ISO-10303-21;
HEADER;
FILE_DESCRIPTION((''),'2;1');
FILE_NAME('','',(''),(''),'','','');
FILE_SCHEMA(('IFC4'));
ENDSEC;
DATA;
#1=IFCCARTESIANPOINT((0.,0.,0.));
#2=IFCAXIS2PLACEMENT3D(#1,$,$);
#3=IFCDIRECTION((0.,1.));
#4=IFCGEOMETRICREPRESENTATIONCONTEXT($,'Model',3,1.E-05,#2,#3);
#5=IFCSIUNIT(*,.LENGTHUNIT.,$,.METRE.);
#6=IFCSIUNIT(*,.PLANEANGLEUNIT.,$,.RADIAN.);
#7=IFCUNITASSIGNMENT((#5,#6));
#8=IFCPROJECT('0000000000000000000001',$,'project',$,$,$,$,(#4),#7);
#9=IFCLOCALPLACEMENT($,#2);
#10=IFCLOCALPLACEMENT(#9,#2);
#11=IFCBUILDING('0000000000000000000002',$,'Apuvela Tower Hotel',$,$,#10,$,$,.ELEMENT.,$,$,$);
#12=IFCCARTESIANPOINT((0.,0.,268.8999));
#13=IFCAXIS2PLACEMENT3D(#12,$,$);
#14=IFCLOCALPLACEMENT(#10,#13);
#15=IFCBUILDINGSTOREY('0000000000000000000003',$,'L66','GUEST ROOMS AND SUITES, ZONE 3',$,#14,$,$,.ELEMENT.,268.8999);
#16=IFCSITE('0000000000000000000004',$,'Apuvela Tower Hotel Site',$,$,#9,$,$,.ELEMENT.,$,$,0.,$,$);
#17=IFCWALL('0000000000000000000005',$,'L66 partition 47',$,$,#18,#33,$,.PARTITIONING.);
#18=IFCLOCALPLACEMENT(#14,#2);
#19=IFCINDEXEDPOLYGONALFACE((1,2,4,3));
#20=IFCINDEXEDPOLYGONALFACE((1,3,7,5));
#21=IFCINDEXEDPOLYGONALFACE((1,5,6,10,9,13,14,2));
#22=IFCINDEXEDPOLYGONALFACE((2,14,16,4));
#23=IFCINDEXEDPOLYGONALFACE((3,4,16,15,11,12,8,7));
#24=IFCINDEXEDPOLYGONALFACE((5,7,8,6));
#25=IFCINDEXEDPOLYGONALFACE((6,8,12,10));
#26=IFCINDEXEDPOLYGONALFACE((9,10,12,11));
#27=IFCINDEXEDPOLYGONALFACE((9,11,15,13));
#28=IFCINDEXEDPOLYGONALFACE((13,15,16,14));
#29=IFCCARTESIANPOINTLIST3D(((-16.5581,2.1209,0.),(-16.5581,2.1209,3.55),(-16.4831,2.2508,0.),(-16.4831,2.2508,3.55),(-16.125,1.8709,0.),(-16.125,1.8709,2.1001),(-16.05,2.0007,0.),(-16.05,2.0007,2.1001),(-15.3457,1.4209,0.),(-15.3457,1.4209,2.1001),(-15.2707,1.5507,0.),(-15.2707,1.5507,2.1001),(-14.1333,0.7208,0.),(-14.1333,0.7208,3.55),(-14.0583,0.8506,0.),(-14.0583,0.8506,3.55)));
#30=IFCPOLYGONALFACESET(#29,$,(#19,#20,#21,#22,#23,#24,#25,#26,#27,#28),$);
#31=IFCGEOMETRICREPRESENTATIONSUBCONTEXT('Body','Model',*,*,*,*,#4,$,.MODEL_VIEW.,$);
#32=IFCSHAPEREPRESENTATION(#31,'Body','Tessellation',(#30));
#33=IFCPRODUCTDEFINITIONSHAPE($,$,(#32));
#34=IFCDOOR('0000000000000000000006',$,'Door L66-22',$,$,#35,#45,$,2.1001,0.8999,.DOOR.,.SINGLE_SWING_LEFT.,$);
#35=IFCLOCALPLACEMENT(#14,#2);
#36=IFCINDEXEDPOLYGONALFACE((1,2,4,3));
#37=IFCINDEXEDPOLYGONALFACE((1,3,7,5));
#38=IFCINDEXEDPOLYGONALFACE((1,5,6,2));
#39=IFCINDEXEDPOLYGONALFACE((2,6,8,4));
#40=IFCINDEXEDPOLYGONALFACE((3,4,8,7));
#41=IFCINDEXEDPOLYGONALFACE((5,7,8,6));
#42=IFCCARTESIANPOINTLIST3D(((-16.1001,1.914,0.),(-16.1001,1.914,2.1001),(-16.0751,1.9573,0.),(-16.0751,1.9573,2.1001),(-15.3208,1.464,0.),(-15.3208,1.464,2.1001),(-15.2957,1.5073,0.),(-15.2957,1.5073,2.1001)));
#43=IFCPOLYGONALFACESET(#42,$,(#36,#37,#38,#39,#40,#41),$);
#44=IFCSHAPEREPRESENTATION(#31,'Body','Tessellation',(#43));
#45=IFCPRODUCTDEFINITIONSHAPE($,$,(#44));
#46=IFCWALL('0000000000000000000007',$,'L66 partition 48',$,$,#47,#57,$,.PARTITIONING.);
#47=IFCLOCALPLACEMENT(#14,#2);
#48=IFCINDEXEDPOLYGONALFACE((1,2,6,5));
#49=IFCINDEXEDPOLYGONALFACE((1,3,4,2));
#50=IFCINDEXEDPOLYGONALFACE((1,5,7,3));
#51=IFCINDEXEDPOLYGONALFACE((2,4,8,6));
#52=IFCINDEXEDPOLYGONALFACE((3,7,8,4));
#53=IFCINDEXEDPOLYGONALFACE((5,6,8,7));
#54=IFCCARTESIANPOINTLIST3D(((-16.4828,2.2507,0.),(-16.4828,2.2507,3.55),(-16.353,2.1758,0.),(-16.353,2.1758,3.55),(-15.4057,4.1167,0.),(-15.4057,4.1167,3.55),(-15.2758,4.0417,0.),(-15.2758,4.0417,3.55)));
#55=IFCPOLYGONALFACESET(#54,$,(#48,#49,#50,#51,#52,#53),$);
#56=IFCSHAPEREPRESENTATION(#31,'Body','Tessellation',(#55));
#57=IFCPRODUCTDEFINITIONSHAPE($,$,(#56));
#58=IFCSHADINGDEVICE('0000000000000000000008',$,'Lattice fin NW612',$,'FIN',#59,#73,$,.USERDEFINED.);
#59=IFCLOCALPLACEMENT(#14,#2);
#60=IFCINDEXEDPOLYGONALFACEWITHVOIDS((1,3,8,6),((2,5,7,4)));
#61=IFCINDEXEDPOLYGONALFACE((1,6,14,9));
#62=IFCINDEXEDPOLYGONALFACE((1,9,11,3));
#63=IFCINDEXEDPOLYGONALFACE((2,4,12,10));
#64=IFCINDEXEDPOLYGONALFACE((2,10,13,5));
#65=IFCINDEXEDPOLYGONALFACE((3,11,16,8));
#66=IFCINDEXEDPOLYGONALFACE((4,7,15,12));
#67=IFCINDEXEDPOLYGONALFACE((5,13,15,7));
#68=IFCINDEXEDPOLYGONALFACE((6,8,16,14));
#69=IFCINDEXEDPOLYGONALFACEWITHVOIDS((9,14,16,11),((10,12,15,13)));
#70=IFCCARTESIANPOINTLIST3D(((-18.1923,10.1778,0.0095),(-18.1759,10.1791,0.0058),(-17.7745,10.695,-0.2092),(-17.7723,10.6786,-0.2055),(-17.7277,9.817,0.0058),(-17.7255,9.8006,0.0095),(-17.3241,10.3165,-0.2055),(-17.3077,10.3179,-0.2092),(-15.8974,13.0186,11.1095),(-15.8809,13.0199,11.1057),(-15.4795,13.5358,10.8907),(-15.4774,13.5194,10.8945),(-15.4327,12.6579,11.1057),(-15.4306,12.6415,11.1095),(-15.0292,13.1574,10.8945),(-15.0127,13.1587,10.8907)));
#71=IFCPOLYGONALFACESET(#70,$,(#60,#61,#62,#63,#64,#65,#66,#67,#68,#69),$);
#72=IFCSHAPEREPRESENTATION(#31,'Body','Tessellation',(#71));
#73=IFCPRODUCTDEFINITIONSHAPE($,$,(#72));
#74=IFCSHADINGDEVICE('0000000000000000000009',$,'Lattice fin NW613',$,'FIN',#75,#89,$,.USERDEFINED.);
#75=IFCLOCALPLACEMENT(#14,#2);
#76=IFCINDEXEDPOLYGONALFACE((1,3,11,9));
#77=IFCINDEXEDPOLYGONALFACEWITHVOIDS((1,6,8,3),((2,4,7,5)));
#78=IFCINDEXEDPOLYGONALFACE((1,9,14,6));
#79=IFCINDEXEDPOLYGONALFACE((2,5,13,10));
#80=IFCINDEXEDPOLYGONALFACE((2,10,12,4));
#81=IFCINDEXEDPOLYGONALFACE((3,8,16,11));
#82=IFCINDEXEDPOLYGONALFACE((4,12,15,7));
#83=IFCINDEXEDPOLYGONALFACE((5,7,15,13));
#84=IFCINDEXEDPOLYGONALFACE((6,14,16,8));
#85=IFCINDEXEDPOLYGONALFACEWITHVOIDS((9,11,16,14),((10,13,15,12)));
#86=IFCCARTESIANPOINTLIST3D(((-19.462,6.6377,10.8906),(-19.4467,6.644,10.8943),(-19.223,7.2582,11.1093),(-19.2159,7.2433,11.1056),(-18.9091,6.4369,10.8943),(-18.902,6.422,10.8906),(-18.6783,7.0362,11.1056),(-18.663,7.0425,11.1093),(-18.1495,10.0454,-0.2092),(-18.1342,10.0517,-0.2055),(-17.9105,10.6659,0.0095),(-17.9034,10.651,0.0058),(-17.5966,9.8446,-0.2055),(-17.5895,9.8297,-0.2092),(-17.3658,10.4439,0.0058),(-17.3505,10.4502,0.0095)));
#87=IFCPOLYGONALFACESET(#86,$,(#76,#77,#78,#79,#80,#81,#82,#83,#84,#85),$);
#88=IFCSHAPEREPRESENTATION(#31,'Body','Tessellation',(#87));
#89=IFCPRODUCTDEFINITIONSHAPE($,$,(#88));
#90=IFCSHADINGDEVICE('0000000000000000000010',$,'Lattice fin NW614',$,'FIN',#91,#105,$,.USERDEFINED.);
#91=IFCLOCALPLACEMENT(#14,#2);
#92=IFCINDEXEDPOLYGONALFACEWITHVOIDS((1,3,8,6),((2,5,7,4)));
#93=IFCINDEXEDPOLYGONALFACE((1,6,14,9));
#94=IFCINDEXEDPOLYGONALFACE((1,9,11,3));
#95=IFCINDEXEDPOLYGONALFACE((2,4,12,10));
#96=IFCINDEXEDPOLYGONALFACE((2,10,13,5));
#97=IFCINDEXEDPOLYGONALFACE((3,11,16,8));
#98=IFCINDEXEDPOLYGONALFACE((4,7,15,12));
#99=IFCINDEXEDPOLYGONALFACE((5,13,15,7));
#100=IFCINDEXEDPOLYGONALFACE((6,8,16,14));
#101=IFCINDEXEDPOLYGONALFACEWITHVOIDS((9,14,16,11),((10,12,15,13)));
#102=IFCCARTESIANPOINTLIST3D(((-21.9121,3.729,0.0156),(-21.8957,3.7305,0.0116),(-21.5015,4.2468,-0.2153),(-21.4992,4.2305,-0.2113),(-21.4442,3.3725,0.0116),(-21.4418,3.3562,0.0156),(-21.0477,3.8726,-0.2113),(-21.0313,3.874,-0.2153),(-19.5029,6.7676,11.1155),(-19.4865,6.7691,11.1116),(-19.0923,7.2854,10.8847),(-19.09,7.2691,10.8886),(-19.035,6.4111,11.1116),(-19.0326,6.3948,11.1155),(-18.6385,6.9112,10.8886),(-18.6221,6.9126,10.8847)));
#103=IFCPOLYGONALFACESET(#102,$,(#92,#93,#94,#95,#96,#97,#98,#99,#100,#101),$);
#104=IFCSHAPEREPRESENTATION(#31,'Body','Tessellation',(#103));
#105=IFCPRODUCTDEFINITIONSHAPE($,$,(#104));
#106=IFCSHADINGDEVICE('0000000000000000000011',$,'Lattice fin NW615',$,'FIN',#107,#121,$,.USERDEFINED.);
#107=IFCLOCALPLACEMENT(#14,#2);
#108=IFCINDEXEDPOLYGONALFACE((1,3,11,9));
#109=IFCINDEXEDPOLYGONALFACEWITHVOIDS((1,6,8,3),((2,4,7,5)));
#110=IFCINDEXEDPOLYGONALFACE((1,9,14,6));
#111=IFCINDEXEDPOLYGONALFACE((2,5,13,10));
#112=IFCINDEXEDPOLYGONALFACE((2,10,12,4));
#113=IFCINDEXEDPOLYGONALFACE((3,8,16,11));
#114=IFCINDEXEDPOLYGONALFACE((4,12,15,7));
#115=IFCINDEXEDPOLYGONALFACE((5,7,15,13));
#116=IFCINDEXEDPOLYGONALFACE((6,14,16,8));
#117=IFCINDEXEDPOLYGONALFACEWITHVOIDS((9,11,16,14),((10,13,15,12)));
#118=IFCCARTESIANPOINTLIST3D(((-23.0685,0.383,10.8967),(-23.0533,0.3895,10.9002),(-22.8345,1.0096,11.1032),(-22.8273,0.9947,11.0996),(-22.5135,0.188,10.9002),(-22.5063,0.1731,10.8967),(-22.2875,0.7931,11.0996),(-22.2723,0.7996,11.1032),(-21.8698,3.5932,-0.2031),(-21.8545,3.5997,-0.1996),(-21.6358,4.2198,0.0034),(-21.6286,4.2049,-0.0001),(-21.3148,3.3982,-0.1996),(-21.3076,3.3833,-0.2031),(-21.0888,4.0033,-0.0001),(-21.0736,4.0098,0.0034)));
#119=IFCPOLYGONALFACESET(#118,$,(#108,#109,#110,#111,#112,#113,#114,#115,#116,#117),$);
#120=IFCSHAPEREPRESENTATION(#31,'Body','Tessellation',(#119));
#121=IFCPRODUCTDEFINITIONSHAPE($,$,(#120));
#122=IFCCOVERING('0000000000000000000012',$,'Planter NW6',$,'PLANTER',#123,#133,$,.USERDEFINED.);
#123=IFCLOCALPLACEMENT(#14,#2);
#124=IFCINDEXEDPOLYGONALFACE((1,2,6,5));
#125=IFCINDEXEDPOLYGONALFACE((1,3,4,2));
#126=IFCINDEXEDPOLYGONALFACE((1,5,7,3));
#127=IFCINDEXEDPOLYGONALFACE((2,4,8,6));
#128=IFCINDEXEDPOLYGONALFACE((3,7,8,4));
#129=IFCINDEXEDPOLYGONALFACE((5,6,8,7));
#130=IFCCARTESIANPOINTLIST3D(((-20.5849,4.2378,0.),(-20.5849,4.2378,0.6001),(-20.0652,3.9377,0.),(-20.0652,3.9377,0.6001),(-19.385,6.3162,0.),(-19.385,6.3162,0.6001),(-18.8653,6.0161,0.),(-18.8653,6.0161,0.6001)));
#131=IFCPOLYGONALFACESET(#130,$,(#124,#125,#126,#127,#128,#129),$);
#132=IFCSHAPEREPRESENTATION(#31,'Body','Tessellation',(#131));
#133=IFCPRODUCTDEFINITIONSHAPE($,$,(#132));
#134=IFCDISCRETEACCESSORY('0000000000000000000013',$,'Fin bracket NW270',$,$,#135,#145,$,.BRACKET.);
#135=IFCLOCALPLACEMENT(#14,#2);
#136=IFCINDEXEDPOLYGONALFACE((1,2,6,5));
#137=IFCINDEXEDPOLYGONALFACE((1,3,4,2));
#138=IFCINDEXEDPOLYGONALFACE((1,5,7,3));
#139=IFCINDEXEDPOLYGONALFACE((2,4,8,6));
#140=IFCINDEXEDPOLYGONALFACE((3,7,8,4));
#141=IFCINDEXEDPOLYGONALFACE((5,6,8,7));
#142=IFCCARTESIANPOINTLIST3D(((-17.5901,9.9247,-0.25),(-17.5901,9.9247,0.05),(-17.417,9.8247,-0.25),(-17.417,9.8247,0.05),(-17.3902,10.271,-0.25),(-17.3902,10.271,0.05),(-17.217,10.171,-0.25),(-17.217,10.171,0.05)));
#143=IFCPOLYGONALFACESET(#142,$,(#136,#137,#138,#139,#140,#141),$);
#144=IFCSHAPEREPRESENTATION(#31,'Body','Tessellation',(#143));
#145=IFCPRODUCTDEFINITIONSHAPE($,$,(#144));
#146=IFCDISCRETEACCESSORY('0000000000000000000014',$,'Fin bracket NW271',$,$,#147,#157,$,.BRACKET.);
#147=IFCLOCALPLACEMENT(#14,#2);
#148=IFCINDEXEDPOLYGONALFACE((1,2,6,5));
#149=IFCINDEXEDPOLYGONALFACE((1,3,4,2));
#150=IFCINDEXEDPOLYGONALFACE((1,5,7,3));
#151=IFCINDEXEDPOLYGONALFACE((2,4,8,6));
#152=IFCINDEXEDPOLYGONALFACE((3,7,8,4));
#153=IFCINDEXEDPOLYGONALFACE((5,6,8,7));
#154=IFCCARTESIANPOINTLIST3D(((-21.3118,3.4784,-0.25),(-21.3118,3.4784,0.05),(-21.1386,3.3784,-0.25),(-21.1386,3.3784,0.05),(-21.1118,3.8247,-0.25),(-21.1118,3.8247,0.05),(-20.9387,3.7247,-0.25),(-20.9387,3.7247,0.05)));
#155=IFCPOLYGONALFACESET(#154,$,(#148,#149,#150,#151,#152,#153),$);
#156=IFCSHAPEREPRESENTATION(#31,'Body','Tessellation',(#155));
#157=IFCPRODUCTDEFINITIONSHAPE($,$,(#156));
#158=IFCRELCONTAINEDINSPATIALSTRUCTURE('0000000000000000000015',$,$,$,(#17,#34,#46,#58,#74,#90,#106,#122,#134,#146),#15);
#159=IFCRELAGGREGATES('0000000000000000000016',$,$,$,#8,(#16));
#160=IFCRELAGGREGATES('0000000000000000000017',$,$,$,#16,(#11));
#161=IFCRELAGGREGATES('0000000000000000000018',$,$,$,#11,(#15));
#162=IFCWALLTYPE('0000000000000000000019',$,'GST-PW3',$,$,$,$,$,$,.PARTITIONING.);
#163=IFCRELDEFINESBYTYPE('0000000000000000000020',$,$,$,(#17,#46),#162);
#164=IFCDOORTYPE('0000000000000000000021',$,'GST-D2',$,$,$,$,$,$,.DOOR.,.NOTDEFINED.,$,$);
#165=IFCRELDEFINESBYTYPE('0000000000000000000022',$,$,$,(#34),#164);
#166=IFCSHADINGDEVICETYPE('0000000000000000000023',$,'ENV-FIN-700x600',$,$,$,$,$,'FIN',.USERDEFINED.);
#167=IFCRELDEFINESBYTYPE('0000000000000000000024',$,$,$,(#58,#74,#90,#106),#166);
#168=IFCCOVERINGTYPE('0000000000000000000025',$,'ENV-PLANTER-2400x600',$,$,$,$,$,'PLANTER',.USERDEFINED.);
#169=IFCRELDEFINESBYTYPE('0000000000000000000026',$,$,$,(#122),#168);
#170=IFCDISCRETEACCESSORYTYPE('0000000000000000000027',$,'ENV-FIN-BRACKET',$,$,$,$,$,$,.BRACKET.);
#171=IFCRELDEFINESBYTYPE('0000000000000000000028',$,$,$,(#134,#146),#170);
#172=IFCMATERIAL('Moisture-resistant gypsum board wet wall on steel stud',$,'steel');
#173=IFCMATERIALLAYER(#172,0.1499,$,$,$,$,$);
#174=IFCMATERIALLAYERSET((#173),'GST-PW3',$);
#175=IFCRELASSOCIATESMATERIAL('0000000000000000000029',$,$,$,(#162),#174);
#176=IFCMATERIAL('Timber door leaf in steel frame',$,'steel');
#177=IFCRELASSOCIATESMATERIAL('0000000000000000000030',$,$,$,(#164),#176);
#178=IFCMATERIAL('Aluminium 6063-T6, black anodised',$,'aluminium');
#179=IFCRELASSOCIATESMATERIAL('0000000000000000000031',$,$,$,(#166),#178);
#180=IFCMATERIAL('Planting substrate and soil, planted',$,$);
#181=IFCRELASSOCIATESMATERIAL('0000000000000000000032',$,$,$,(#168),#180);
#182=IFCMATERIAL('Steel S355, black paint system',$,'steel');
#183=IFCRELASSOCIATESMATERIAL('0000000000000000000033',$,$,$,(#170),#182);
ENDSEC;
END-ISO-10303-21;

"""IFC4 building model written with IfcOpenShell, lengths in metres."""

from ifc_helpers import new_model, si_unit, direction, frame, frame_2d, origin, origin_2d, place, context, subcontext, project, spatial, rectangle, hollow_rectangle, extrude, material, layer, layer_set, material_profile, profile_set, type_object, element, fill, save


model = new_model("IFC4")

# Units and contexts
model_context = context("Model", 3, precision=1e-05, world=origin(), true_north=direction((0.0, 1.0)))
body_context = subcontext(model_context, "Body", "Model", "MODEL_VIEW")
ifc_project = project(units=[si_unit("LENGTHUNIT", "METRE"), si_unit("PLANEANGLEUNIT", "RADIAN")], contexts=[model_context])

# Site, building, storey
site_placement = place(None, origin())
site = spatial("IfcSite", under=ifc_project, at=site_placement, Name="Apuvela Tower Hotel Site", CompositionType="ELEMENT", RefElevation=0.0)
building_placement = place(site_placement, origin())
building = spatial("IfcBuilding", under=site, at=building_placement, Name="Apuvela Tower Hotel", CompositionType="ELEMENT")
storey_placement = place(building_placement, frame((0.0, 0.0, 268.8999)))
storey = spatial("IfcBuildingStorey", under=building, at=storey_placement, Name="L66", Description="GUEST ROOMS AND SUITES, ZONE 3", CompositionType="ELEMENT", Elevation=268.8999)

# Wall, opening, door
ifc_material_1 = material(Name="Moisture-resistant gypsum board wet wall on steel stud", Category="steel")
ifc_layer_1 = layer(ifc_material_1, 0.1499)
ifc_layer_set_1 = layer_set([ifc_layer_1], Name="GST-PW3")
wall_type_1 = type_object("IfcWallType", Name="GST-PW3", PredefinedType="PARTITIONING", material=ifc_layer_set_1)
wall_1_placement = place(storey_placement, frame((-16.5205, 2.1858, 0.0), z_axis=(0.0, 0.0, 1.0), x_axis=(0.865997, -0.50005, 0.0)))
wall_1 = element("IfcWall", 1, at=wall_1_placement, inside=storey, type_object=wall_type_1, Name="L66 partition 47", PredefinedType="PARTITIONING", context=body_context, shape_type="SweptSolid", body=[
    extrude(rectangle(XDim=2.8, YDim=0.1499, at=frame_2d((1.3999, 0.0))), origin(), (0.0, 0.0, 1.0), 3.55),
])
opening_1_placement = place(wall_1_placement, frame((0.5, 0.0, 0.0)))
opening_1 = element("IfcOpeningElement", 2, at=opening_1_placement, cuts=wall_1, PredefinedType="OPENING", context=body_context, shape_type="SweptSolid", body=[
    extrude(rectangle(XDim=0.8999, YDim=2.1001, at=frame_2d((0.45, 1.05))), frame((0.0, 0.085, 0.0), z_axis=(0.0, -1.0, 0.0), x_axis=(1.0, 0.0, 0.0)), (0.0, 0.0, 1.0), 0.1699),
])
ifc_material_2 = material(Name="Timber door leaf in steel frame", Category="steel")
door_type_1 = type_object("IfcDoorType", Name="GST-D2", OperationType="NOTDEFINED", PredefinedType="DOOR", material=ifc_material_2)
door_1_placement = place(opening_1_placement, origin())
door_1 = element("IfcDoor", 3, at=door_1_placement, inside=storey, type_object=door_type_1, Name="Door L66-22", OperationType="SINGLE_SWING_LEFT", OverallHeight=2.1001, OverallWidth=0.8999, PredefinedType="DOOR", context=body_context, shape_type="SweptSolid", body=[
    extrude(rectangle(XDim=0.8999, YDim=2.1001, at=frame_2d((0.45, 1.05))), frame((0.0, 0.0249, 0.0), z_axis=(0.0, -1.0, 0.0), x_axis=(1.0, 0.0, 0.0)), (0.0, 0.0, 1.0), 0.05),
])
fill(opening_1, door_1)

# Wall
wall_2_placement = place(storey_placement, frame((-15.3408, 4.0791, 0.0), z_axis=(0.0, 0.0, 1.0), x_axis=(-0.499942, -0.866059, 0.0)))
element("IfcWall", 4, at=wall_2_placement, inside=storey, type_object=wall_type_1, Name="L66 partition 48", PredefinedType="PARTITIONING", context=body_context, shape_type="SweptSolid", body=[
    extrude(rectangle(XDim=2.1545, YDim=0.1499, at=frame_2d((1.0771, 0.0))), origin(), (0.0, 0.0, 1.0), 3.55),
])

# Shading devices
ifc_material_3 = material(Name="Aluminium 6063-T6, black anodised", Category="aluminium")
ifc_material_profile_1 = material_profile(ifc_material_3, hollow_rectangle(XDim=0.6001, YDim=0.7, WallThickness=0.012, at=origin_2d()), Name="AL BOX 700x600x12")
ifc_profile_set_1 = profile_set([ifc_material_profile_1], Name="Aluminium 6063-T6, black anodised")
shading_device_type = type_object("IfcShadingDeviceType", Name="ENV-FIN-700x600", ElementType="FIN", PredefinedType="USERDEFINED", material=ifc_profile_set_1)
shading_device_1_placement = place(storey_placement, frame((-17.75, 10.2478, -0.0999), z_axis=(0.196396, 0.243113, 0.949908), x_axis=(-0.777886, 0.628406, 0.0)))
element("IfcShadingDevice", 5, at=shading_device_1_placement, inside=storey, type_object=shading_device_type, Name="Lattice fin NW612", ObjectType="FIN", PredefinedType="USERDEFINED", context=body_context, shape_type="SweptSolid", body=[
    extrude(hollow_rectangle(XDim=0.6001, YDim=0.7, WallThickness=0.012, at=origin_2d()), origin(), (0.0, 0.0, 1.0), 11.6853),
])
shading_device_2_placement = place(storey_placement, frame((-17.75, 10.2478, -0.0999), z_axis=(-0.112322, -0.291629, 0.949914), x_axis=(0.933177, -0.359418, 0.0)))
element("IfcShadingDevice", 6, at=shading_device_2_placement, inside=storey, type_object=shading_device_type, Name="Lattice fin NW613", ObjectType="FIN", PredefinedType="USERDEFINED", context=body_context, shape_type="SweptSolid", body=[
    extrude(hollow_rectangle(XDim=0.6001, YDim=0.7, WallThickness=0.012, at=origin_2d()), origin(), (0.0, 0.0, 1.0), 11.6851),
])
shading_device_3_placement = place(storey_placement, frame((-21.4717, 3.8015, -0.0999), z_axis=(0.204902, 0.258432, 0.944049), x_axis=(-0.783589, 0.62128, 0.0)))
element("IfcShadingDevice", 7, at=shading_device_3_placement, inside=storey, type_object=shading_device_type, Name="Lattice fin NW614", ObjectType="FIN", PredefinedType="USERDEFINED", context=body_context, shape_type="SweptSolid", body=[
    extrude(hollow_rectangle(XDim=0.6001, YDim=0.7, WallThickness=0.012, at=origin_2d()), origin(), (0.0, 0.0, 1.0), 11.7578),
])
shading_device_4_placement = place(storey_placement, frame((-21.4717, 3.8015, -0.0999), z_axis=(-0.10319, -0.276343, 0.955503), x_axis=(0.936817, -0.349819, 0.0)))
element("IfcShadingDevice", 8, at=shading_device_4_placement, inside=storey, type_object=shading_device_type, Name="Lattice fin NW615", ObjectType="FIN", PredefinedType="USERDEFINED", context=body_context, shape_type="SweptSolid", body=[
    extrude(hollow_rectangle(XDim=0.6001, YDim=0.7, WallThickness=0.012, at=origin_2d()), origin(), (0.0, 0.0, 1.0), 11.6167),
])

# Covering
ifc_material_4 = material(Name="Planting substrate and soil, planted")
covering_type = type_object("IfcCoveringType", Name="ENV-PLANTER-2400x600", ElementType="PLANTER", PredefinedType="USERDEFINED", material=ifc_material_4)
covering_placement = place(storey_placement, frame((-19.7251, 5.127, 0.0), z_axis=(0.0, 0.0, 1.0), x_axis=(-0.5, -0.866025, 0.0)))
element("IfcCovering", 9, at=covering_placement, inside=storey, type_object=covering_type, Name="Planter NW6", ObjectType="PLANTER", PredefinedType="USERDEFINED", context=body_context, shape_type="SweptSolid", body=[
    extrude(rectangle(XDim=2.3999, YDim=0.6001, at=origin_2d()), origin(), (0.0, 0.0, 1.0), 0.6001),
])

# Discrete accessories
ifc_material_5 = material(Name="Steel S355, black paint system", Category="steel")
discrete_accessory_type = type_object("IfcDiscreteAccessoryType", Name="ENV-FIN-BRACKET", PredefinedType="BRACKET", material=ifc_material_5)
for number, where, z_axis, x_axis, name in (
    (10, (-17.4036, 10.0479, -0.25), (0.0, 0.0, 1.0), (-0.5, -0.866025, 0.0), "Fin bracket NW270"),
    (11, (-21.1252, 3.6016, -0.25), (0.0, 0.0, 1.0), (-0.5, -0.866025, 0.0), "Fin bracket NW271"),
):
    element("IfcDiscreteAccessory", number, at=place(storey_placement, frame(where, z_axis=z_axis, x_axis=x_axis)), inside=storey, type_object=discrete_accessory_type, Name=name, PredefinedType="BRACKET", context=body_context, shape_type="SweptSolid", body=[
        extrude(rectangle(XDim=0.3999, YDim=0.2, at=origin_2d()), origin(), (0.0, 0.0, 1.0), 0.3),
    ])

save(model, "model.ifc")
